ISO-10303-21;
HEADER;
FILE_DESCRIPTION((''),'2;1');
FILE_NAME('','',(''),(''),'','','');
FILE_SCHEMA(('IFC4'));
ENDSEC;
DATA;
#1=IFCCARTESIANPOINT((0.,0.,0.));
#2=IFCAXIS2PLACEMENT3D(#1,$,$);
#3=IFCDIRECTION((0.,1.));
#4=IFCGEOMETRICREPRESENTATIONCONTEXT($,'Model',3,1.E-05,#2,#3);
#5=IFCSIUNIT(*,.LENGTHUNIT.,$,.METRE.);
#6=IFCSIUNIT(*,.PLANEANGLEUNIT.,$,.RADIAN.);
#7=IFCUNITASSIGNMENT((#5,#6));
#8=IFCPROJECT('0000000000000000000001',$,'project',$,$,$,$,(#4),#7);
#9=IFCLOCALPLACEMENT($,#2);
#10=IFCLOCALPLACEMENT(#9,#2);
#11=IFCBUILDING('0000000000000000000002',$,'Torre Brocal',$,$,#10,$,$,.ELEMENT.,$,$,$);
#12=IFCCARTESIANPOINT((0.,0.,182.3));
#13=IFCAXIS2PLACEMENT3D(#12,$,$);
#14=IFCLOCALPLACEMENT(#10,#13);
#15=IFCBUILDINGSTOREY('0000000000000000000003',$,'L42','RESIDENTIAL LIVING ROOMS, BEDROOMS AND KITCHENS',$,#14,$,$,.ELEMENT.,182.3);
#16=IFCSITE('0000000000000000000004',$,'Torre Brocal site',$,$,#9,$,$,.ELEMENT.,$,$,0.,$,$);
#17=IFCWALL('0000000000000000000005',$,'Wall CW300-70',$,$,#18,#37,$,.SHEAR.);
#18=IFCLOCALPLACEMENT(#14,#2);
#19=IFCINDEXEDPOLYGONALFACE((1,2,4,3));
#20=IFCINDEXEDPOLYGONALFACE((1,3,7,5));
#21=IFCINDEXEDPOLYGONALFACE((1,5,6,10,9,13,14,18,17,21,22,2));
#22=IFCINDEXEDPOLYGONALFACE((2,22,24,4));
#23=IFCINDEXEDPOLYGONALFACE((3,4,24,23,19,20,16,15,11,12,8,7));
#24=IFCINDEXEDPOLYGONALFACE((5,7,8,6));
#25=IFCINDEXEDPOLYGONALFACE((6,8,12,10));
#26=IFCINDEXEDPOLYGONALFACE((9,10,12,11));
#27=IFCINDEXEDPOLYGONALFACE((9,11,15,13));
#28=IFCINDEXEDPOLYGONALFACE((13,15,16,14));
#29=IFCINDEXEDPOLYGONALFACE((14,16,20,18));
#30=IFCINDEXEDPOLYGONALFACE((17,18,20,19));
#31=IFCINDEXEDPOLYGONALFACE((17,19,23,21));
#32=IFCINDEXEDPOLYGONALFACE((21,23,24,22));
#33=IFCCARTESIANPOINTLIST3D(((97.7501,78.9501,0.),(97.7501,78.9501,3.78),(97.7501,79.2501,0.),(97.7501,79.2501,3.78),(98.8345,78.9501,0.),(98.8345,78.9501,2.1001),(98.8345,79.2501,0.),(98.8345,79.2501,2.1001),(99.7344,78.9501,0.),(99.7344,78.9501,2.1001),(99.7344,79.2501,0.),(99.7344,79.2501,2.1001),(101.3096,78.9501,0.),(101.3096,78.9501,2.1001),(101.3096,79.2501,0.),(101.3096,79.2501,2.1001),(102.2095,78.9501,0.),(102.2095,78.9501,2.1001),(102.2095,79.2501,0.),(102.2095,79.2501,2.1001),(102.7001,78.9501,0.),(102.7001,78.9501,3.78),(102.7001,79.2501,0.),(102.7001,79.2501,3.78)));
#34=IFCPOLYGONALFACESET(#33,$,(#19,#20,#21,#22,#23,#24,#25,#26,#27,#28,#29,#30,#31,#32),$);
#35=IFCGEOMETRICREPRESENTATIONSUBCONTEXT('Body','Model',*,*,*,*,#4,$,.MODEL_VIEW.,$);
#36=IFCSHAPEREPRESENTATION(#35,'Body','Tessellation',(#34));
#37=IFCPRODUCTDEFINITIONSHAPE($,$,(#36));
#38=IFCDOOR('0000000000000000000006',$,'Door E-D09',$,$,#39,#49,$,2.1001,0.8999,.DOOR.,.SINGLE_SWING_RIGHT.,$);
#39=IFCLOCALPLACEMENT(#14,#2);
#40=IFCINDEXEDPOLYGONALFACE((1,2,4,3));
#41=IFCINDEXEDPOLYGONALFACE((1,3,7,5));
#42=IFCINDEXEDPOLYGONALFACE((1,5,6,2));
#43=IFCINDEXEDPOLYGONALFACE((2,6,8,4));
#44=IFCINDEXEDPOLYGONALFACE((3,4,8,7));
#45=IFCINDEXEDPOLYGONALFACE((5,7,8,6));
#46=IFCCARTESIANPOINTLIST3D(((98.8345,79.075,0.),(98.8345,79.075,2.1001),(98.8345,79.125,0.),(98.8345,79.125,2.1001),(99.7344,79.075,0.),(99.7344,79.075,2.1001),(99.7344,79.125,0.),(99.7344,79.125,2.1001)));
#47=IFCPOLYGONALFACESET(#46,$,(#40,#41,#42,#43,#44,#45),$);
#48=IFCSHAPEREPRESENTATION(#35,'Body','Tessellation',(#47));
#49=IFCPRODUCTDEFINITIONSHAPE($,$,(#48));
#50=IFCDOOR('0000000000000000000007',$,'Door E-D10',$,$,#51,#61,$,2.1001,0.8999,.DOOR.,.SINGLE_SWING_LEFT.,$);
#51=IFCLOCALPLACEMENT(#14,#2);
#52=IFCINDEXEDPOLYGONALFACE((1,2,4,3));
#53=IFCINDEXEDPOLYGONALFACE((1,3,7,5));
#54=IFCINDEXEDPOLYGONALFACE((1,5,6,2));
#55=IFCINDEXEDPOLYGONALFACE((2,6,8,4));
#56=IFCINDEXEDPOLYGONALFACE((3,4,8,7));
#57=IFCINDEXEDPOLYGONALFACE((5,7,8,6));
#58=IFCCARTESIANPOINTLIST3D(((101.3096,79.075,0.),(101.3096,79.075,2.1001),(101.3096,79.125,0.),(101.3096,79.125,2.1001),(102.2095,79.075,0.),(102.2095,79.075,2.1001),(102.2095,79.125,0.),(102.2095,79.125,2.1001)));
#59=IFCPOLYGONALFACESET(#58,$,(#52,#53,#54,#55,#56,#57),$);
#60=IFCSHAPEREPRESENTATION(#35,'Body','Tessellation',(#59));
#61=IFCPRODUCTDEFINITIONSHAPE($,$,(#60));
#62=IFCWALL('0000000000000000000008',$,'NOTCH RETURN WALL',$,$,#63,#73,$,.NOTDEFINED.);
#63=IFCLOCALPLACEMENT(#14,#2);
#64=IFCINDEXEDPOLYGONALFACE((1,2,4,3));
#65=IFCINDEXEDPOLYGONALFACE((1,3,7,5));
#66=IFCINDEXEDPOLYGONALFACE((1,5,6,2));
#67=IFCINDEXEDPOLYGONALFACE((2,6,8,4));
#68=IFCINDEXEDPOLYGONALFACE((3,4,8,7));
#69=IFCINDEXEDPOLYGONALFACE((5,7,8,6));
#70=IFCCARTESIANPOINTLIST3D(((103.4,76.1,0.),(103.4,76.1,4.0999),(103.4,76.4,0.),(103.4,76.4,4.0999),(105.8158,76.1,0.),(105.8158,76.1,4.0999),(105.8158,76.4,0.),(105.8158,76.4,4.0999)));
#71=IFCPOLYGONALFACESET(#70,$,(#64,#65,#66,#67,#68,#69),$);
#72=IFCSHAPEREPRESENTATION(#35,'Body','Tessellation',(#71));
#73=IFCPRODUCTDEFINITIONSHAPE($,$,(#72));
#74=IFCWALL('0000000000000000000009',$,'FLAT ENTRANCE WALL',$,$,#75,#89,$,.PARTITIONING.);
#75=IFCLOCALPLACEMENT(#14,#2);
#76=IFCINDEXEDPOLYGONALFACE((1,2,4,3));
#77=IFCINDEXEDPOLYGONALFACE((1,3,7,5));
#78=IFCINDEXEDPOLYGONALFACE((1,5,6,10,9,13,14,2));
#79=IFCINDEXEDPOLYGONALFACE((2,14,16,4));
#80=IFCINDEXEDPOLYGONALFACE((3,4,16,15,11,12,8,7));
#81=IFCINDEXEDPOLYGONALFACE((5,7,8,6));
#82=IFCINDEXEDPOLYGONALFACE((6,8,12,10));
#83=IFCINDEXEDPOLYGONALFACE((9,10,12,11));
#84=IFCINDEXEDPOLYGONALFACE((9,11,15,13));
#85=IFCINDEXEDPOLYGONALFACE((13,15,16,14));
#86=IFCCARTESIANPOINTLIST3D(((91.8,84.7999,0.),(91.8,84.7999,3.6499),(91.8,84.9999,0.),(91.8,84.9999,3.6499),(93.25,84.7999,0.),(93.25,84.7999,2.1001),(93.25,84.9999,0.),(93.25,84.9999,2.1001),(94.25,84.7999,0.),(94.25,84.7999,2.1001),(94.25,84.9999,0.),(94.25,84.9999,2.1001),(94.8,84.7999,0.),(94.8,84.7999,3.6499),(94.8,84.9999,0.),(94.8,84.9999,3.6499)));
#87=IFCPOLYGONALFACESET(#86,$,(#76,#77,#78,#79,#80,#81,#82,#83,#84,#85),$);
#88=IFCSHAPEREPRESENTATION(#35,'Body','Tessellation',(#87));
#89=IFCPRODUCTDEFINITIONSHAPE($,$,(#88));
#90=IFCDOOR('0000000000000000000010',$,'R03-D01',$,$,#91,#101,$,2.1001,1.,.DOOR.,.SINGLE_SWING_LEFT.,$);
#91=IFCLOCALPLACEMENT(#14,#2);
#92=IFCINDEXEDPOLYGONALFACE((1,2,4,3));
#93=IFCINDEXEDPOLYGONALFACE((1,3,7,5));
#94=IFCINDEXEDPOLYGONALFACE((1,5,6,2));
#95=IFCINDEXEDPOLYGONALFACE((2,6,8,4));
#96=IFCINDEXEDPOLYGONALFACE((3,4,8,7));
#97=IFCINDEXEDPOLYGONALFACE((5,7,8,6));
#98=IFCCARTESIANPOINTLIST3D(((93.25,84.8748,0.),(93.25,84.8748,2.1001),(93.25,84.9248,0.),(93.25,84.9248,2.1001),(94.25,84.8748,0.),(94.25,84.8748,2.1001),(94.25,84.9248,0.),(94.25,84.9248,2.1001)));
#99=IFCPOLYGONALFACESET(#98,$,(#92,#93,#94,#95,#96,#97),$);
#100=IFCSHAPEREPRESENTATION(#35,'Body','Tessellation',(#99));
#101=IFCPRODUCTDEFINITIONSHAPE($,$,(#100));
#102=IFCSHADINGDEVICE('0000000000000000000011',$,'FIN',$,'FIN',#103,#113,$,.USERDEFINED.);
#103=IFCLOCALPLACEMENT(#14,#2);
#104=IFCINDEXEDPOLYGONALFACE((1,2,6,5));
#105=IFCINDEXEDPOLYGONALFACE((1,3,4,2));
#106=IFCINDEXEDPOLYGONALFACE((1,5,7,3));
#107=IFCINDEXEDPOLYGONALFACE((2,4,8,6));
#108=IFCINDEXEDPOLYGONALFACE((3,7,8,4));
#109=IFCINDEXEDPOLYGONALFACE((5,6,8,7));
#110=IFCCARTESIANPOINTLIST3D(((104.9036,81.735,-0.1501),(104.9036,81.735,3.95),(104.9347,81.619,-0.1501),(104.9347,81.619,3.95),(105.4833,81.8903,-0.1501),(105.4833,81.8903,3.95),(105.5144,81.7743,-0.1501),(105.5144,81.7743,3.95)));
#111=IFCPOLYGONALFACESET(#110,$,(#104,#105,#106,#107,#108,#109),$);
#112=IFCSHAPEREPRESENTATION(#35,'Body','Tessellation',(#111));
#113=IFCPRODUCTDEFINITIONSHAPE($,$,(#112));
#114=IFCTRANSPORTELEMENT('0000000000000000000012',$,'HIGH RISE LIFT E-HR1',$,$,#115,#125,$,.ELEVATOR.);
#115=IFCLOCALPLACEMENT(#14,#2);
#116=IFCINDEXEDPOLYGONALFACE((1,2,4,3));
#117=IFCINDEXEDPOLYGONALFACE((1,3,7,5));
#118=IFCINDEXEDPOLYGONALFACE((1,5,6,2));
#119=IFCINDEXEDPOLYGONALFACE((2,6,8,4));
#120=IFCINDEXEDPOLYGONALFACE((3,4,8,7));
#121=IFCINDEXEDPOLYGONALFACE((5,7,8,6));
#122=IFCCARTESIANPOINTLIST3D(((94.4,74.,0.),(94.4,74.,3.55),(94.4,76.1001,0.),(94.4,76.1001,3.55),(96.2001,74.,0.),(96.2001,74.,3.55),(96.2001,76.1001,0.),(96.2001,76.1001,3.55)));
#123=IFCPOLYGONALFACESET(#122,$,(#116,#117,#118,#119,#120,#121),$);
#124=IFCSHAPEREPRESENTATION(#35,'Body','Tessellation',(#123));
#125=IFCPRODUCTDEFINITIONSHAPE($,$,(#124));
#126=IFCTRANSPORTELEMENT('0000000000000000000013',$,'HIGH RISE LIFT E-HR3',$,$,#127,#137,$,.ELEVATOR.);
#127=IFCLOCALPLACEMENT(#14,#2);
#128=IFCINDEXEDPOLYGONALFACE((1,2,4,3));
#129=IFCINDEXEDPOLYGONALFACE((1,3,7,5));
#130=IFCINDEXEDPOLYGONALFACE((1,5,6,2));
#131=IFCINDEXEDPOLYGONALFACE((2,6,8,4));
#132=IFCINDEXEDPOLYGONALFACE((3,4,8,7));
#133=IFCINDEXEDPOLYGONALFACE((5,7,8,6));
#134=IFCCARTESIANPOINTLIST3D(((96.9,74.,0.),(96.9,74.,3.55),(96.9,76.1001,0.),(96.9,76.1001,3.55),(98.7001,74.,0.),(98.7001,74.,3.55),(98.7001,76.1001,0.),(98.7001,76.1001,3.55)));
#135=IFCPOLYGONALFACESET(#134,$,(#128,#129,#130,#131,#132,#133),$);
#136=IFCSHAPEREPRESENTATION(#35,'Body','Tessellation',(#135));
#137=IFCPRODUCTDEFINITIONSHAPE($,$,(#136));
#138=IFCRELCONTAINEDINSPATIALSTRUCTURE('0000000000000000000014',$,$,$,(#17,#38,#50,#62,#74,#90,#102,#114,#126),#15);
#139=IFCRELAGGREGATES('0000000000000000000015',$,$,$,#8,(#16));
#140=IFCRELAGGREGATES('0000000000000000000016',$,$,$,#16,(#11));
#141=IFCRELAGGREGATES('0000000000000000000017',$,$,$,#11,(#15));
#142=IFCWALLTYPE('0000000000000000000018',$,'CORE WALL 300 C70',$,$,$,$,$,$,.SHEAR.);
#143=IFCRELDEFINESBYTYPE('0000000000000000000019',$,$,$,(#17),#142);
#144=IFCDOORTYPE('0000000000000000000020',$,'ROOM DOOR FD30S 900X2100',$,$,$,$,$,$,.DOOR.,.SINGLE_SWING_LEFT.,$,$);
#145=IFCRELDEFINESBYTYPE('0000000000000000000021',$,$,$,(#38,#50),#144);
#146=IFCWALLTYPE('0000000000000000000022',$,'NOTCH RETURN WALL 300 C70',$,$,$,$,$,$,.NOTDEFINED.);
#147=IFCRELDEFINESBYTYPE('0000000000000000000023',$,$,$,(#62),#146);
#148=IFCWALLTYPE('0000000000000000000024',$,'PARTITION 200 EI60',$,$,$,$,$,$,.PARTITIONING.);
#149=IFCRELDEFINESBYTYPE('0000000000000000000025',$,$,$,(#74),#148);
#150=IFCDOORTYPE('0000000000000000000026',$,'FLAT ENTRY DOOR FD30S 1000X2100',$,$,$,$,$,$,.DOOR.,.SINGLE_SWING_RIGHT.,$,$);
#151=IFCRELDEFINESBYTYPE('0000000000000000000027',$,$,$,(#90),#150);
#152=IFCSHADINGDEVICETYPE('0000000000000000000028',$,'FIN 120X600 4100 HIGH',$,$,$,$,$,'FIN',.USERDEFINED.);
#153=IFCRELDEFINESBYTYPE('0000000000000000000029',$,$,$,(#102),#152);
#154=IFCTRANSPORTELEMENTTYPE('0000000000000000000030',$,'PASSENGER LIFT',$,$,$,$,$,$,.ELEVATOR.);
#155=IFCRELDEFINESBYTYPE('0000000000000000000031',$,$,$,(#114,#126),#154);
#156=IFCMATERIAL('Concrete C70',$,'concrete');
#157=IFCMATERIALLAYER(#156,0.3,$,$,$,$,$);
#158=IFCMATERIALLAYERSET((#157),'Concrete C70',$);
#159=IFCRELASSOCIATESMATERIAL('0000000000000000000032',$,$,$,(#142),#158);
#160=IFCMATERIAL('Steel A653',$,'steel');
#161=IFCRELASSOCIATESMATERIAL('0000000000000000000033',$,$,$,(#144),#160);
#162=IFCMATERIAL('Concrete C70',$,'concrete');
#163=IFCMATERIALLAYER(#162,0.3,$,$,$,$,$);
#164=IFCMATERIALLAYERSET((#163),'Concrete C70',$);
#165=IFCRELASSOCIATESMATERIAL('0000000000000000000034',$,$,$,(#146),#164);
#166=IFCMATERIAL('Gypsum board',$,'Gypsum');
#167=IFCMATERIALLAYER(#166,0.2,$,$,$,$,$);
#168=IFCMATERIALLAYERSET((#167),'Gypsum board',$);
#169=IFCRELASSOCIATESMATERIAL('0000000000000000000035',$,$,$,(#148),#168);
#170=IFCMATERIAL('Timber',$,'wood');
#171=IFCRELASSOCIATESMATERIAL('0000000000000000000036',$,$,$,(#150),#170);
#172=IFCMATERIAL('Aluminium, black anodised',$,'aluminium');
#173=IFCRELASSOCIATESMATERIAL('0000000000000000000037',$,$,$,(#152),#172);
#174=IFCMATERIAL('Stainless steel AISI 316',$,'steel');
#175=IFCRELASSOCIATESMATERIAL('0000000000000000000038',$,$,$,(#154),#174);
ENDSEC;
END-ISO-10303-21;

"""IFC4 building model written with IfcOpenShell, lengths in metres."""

from ifc_helpers import new_model, si_unit, direction, frame, frame_2d, origin, origin_2d, place, context, subcontext, project, spatial, rectangle, extrude, material, layer, layer_set, material_profile, profile_set, type_object, element, fill, save


model = new_model("IFC4")

# Units and contexts
model_context = context("Model", 3, precision=1e-05, world=origin(), true_north=direction((0.0, 1.0)))
body_context = subcontext(model_context, "Body", "Model", "MODEL_VIEW")
ifc_project = project(units=[si_unit("LENGTHUNIT", "METRE"), si_unit("PLANEANGLEUNIT", "RADIAN")], contexts=[model_context])

# Site, building, storey
site_placement = place(None, origin())
site = spatial("IfcSite", under=ifc_project, at=site_placement, Name="Torre Brocal site", CompositionType="ELEMENT", RefElevation=0.0)
building_placement = place(site_placement, origin())
building = spatial("IfcBuilding", under=site, at=building_placement, Name="Torre Brocal", CompositionType="ELEMENT")
storey_placement = place(building_placement, frame((0.0, 0.0, 182.3)))
storey = spatial("IfcBuildingStorey", under=building, at=storey_placement, Name="L42", Description="RESIDENTIAL LIVING ROOMS, BEDROOMS AND KITCHENS", CompositionType="ELEMENT", Elevation=182.3)

# Shared definitions
ifc_material_1 = material(Name="Concrete C70", Category="concrete")
ifc_layer_1 = layer(ifc_material_1, 0.3)
ifc_layer_set_1 = layer_set([ifc_layer_1], Name="Concrete C70")
wall_type_1 = type_object("IfcWallType", Name="CORE WALL 300 C70", PredefinedType="SHEAR", material=ifc_layer_set_1)
ifc_material_2 = material(Name="Steel A653", Category="steel")
door_type_1 = type_object("IfcDoorType", Name="ROOM DOOR FD30S 900X2100", OperationType="SINGLE_SWING_LEFT", PredefinedType="DOOR", material=ifc_material_2)

# Wall, openings, doors
wall_1_placement = place(storey_placement, frame((97.75, 79.1001, 0.0), z_axis=(0.0, 0.0, 1.0), x_axis=(1.0, 0.0, 0.0)))
wall_1 = element("IfcWall", 1, at=wall_1_placement, inside=storey, type_object=wall_type_1, Name="Wall CW300-70", PredefinedType="SHEAR", context=body_context, shape_type="SweptSolid", body=[
    extrude(rectangle(XDim=4.95, YDim=0.3, at=frame_2d((2.4751, 0.0))), origin(), (0.0, 0.0, 1.0), 3.78),
])
opening_1_placement = place(wall_1_placement, frame((1.0845, 0.0, 0.0)))
opening_1 = element("IfcOpeningElement", 2, at=opening_1_placement, cuts=wall_1, PredefinedType="OPENING", context=body_context, shape_type="SweptSolid", body=[
    extrude(rectangle(XDim=0.8999, YDim=2.1001, at=frame_2d((0.45, 1.05))), frame((0.0, 0.1599, 0.0), z_axis=(0.0, -1.0, 0.0), x_axis=(1.0, 0.0, 0.0)), (0.0, 0.0, 1.0), 0.3201),
])
opening_2_placement = place(wall_1_placement, frame((3.5596, 0.0, 0.0)))
opening_2 = element("IfcOpeningElement", 3, at=opening_2_placement, cuts=wall_1, PredefinedType="OPENING", context=body_context, shape_type="SweptSolid", body=[
    extrude(rectangle(XDim=0.8999, YDim=2.1001, at=frame_2d((0.45, 1.05))), frame((0.0, 0.1599, 0.0), z_axis=(0.0, -1.0, 0.0), x_axis=(1.0, 0.0, 0.0)), (0.0, 0.0, 1.0), 0.3201),
])
door_1_placement = place(opening_1_placement, origin())
door_1 = element("IfcDoor", 4, at=door_1_placement, inside=storey, type_object=door_type_1, Name="Door E-D09", OperationType="SINGLE_SWING_RIGHT", OverallHeight=2.1001, OverallWidth=0.8999, PredefinedType="DOOR", context=body_context, shape_type="SweptSolid", body=[
    extrude(rectangle(XDim=0.8999, YDim=2.1001, at=frame_2d((0.45, 1.05))), frame((0.0, 0.0249, 0.0), z_axis=(0.0, -1.0, 0.0), x_axis=(1.0, 0.0, 0.0)), (0.0, 0.0, 1.0), 0.05),
])
fill(opening_1, door_1)
door_2_placement = place(opening_2_placement, origin())
door_2 = element("IfcDoor", 5, at=door_2_placement, inside=storey, type_object=door_type_1, Name="Door E-D10", OperationType="SINGLE_SWING_LEFT", OverallHeight=2.1001, OverallWidth=0.8999, PredefinedType="DOOR", context=body_context, shape_type="SweptSolid", body=[
    extrude(rectangle(XDim=0.8999, YDim=2.1001, at=frame_2d((0.45, 1.05))), frame((0.0, 0.0249, 0.0), z_axis=(0.0, -1.0, 0.0), x_axis=(1.0, 0.0, 0.0)), (0.0, 0.0, 1.0), 0.05),
])
fill(opening_2, door_2)

# Wall
ifc_material_3 = material(Name="Concrete C70", Category="concrete")
ifc_layer_2 = layer(ifc_material_3, 0.3)
ifc_layer_set_2 = layer_set([ifc_layer_2], Name="Concrete C70")
wall_type_2 = type_object("IfcWallType", Name="NOTCH RETURN WALL 300 C70", PredefinedType="NOTDEFINED", material=ifc_layer_set_2)
wall_2_placement = place(storey_placement, frame((103.3999, 76.25, 0.0), z_axis=(0.0, 0.0, 1.0), x_axis=(1.0, 0.0, 0.0)))
element("IfcWall", 6, at=wall_2_placement, inside=storey, type_object=wall_type_2, Name="NOTCH RETURN WALL", PredefinedType="NOTDEFINED", context=body_context, shape_type="SweptSolid", body=[
    extrude(rectangle(XDim=2.4158, YDim=0.3, at=frame_2d((1.208, 0.0))), origin(), (0.0, 0.0, 1.0), 4.0999),
])

# Wall, opening, door
ifc_material_4 = material(Name="Gypsum board", Category="Gypsum")
ifc_layer_3 = layer(ifc_material_4, 0.2)
ifc_layer_set_3 = layer_set([ifc_layer_3], Name="Gypsum board")
wall_type_3 = type_object("IfcWallType", Name="PARTITION 200 EI60", PredefinedType="PARTITIONING", material=ifc_layer_set_3)
wall_3_placement = place(storey_placement, frame((91.8, 84.8999, 0.0), z_axis=(0.0, 0.0, 1.0), x_axis=(1.0, 0.0, 0.0)))
wall_3 = element("IfcWall", 7, at=wall_3_placement, inside=storey, type_object=wall_type_3, Name="FLAT ENTRANCE WALL", PredefinedType="PARTITIONING", context=body_context, shape_type="SweptSolid", body=[
    extrude(rectangle(XDim=3.0, YDim=0.2, at=frame_2d((1.5, 0.0))), origin(), (0.0, 0.0, 1.0), 3.6499),
])
opening_3_placement = place(wall_3_placement, frame((1.45, 0.0, 0.0)))
opening_3 = element("IfcOpeningElement", 8, at=opening_3_placement, cuts=wall_3, PredefinedType="OPENING", context=body_context, shape_type="SweptSolid", body=[
    extrude(rectangle(XDim=1.0, YDim=2.1001, at=frame_2d((0.5, 1.05))), frame((0.0, 0.1099, 0.0), z_axis=(0.0, -1.0, 0.0), x_axis=(1.0, 0.0, 0.0)), (0.0, 0.0, 1.0), 0.22),
])
ifc_material_5 = material(Name="Timber", Category="wood")
door_type_2 = type_object("IfcDoorType", Name="FLAT ENTRY DOOR FD30S 1000X2100", OperationType="SINGLE_SWING_RIGHT", PredefinedType="DOOR", material=ifc_material_5)
door_3_placement = place(opening_3_placement, origin())
door_3 = element("IfcDoor", 9, at=door_3_placement, inside=storey, type_object=door_type_2, Name="R03-D01", OperationType="SINGLE_SWING_LEFT", OverallHeight=2.1001, OverallWidth=1.0, PredefinedType="DOOR", context=body_context, shape_type="SweptSolid", body=[
    extrude(rectangle(XDim=1.0, YDim=2.1001, at=frame_2d((0.5, 1.05))), frame((0.0, 0.0249, 0.0), z_axis=(0.0, -1.0, 0.0), x_axis=(1.0, 0.0, 0.0)), (0.0, 0.0, 1.0), 0.05),
])
fill(opening_3, door_3)

# Shading device
ifc_material_6 = material(Name="Aluminium, black anodised", Category="aluminium")
ifc_material_profile_1 = material_profile(ifc_material_6, rectangle(XDim=0.1201, YDim=0.6001, at=origin_2d()), Name="FIN 120X600 4100 HIGH")
ifc_profile_set_1 = profile_set([ifc_material_profile_1], Name="Aluminium, black anodised")
shading_device_type = type_object("IfcShadingDeviceType", Name="FIN 120X600 4100 HIGH", ElementType="FIN", PredefinedType="USERDEFINED", material=ifc_profile_set_1)
shading_device_placement = place(storey_placement, frame((105.209, 81.7546, -0.1501), z_axis=(0.0, 0.0, 1.0), x_axis=(-0.258819, 0.965926, 0.0)))
element("IfcShadingDevice", 10, at=shading_device_placement, inside=storey, type_object=shading_device_type, Name="FIN", ObjectType="FIN", PredefinedType="USERDEFINED", context=body_context, shape_type="SweptSolid", body=[
    extrude(rectangle(XDim=0.1201, YDim=0.6001, at=origin_2d()), origin(), (0.0, 0.0, 1.0), 4.1001),
])

# Transport elements
ifc_material_7 = material(Name="Stainless steel AISI 316", Category="steel")
transport_element_type = type_object("IfcTransportElementType", Name="PASSENGER LIFT", PredefinedType="ELEVATOR", material=ifc_material_7)
for number, where, z_axis, x_axis, name in (
    (11, (95.3, 75.05, 0.0), (0.0, 0.0, 1.0), (1.0, 0.0, 0.0), "HIGH RISE LIFT E-HR1"),
    (12, (97.8, 75.05, 0.0), (0.0, 0.0, 1.0), (1.0, 0.0, 0.0), "HIGH RISE LIFT E-HR3"),
):
    element("IfcTransportElement", number, at=place(storey_placement, frame(where, z_axis=z_axis, x_axis=x_axis)), inside=storey, type_object=transport_element_type, Name=name, PredefinedType="ELEVATOR", context=body_context, shape_type="SweptSolid", body=[
        extrude(rectangle(XDim=1.8, YDim=2.1001, at=origin_2d()), origin(), (0.0, 0.0, 1.0), 3.55),
    ])

save(model, "model.ifc")
